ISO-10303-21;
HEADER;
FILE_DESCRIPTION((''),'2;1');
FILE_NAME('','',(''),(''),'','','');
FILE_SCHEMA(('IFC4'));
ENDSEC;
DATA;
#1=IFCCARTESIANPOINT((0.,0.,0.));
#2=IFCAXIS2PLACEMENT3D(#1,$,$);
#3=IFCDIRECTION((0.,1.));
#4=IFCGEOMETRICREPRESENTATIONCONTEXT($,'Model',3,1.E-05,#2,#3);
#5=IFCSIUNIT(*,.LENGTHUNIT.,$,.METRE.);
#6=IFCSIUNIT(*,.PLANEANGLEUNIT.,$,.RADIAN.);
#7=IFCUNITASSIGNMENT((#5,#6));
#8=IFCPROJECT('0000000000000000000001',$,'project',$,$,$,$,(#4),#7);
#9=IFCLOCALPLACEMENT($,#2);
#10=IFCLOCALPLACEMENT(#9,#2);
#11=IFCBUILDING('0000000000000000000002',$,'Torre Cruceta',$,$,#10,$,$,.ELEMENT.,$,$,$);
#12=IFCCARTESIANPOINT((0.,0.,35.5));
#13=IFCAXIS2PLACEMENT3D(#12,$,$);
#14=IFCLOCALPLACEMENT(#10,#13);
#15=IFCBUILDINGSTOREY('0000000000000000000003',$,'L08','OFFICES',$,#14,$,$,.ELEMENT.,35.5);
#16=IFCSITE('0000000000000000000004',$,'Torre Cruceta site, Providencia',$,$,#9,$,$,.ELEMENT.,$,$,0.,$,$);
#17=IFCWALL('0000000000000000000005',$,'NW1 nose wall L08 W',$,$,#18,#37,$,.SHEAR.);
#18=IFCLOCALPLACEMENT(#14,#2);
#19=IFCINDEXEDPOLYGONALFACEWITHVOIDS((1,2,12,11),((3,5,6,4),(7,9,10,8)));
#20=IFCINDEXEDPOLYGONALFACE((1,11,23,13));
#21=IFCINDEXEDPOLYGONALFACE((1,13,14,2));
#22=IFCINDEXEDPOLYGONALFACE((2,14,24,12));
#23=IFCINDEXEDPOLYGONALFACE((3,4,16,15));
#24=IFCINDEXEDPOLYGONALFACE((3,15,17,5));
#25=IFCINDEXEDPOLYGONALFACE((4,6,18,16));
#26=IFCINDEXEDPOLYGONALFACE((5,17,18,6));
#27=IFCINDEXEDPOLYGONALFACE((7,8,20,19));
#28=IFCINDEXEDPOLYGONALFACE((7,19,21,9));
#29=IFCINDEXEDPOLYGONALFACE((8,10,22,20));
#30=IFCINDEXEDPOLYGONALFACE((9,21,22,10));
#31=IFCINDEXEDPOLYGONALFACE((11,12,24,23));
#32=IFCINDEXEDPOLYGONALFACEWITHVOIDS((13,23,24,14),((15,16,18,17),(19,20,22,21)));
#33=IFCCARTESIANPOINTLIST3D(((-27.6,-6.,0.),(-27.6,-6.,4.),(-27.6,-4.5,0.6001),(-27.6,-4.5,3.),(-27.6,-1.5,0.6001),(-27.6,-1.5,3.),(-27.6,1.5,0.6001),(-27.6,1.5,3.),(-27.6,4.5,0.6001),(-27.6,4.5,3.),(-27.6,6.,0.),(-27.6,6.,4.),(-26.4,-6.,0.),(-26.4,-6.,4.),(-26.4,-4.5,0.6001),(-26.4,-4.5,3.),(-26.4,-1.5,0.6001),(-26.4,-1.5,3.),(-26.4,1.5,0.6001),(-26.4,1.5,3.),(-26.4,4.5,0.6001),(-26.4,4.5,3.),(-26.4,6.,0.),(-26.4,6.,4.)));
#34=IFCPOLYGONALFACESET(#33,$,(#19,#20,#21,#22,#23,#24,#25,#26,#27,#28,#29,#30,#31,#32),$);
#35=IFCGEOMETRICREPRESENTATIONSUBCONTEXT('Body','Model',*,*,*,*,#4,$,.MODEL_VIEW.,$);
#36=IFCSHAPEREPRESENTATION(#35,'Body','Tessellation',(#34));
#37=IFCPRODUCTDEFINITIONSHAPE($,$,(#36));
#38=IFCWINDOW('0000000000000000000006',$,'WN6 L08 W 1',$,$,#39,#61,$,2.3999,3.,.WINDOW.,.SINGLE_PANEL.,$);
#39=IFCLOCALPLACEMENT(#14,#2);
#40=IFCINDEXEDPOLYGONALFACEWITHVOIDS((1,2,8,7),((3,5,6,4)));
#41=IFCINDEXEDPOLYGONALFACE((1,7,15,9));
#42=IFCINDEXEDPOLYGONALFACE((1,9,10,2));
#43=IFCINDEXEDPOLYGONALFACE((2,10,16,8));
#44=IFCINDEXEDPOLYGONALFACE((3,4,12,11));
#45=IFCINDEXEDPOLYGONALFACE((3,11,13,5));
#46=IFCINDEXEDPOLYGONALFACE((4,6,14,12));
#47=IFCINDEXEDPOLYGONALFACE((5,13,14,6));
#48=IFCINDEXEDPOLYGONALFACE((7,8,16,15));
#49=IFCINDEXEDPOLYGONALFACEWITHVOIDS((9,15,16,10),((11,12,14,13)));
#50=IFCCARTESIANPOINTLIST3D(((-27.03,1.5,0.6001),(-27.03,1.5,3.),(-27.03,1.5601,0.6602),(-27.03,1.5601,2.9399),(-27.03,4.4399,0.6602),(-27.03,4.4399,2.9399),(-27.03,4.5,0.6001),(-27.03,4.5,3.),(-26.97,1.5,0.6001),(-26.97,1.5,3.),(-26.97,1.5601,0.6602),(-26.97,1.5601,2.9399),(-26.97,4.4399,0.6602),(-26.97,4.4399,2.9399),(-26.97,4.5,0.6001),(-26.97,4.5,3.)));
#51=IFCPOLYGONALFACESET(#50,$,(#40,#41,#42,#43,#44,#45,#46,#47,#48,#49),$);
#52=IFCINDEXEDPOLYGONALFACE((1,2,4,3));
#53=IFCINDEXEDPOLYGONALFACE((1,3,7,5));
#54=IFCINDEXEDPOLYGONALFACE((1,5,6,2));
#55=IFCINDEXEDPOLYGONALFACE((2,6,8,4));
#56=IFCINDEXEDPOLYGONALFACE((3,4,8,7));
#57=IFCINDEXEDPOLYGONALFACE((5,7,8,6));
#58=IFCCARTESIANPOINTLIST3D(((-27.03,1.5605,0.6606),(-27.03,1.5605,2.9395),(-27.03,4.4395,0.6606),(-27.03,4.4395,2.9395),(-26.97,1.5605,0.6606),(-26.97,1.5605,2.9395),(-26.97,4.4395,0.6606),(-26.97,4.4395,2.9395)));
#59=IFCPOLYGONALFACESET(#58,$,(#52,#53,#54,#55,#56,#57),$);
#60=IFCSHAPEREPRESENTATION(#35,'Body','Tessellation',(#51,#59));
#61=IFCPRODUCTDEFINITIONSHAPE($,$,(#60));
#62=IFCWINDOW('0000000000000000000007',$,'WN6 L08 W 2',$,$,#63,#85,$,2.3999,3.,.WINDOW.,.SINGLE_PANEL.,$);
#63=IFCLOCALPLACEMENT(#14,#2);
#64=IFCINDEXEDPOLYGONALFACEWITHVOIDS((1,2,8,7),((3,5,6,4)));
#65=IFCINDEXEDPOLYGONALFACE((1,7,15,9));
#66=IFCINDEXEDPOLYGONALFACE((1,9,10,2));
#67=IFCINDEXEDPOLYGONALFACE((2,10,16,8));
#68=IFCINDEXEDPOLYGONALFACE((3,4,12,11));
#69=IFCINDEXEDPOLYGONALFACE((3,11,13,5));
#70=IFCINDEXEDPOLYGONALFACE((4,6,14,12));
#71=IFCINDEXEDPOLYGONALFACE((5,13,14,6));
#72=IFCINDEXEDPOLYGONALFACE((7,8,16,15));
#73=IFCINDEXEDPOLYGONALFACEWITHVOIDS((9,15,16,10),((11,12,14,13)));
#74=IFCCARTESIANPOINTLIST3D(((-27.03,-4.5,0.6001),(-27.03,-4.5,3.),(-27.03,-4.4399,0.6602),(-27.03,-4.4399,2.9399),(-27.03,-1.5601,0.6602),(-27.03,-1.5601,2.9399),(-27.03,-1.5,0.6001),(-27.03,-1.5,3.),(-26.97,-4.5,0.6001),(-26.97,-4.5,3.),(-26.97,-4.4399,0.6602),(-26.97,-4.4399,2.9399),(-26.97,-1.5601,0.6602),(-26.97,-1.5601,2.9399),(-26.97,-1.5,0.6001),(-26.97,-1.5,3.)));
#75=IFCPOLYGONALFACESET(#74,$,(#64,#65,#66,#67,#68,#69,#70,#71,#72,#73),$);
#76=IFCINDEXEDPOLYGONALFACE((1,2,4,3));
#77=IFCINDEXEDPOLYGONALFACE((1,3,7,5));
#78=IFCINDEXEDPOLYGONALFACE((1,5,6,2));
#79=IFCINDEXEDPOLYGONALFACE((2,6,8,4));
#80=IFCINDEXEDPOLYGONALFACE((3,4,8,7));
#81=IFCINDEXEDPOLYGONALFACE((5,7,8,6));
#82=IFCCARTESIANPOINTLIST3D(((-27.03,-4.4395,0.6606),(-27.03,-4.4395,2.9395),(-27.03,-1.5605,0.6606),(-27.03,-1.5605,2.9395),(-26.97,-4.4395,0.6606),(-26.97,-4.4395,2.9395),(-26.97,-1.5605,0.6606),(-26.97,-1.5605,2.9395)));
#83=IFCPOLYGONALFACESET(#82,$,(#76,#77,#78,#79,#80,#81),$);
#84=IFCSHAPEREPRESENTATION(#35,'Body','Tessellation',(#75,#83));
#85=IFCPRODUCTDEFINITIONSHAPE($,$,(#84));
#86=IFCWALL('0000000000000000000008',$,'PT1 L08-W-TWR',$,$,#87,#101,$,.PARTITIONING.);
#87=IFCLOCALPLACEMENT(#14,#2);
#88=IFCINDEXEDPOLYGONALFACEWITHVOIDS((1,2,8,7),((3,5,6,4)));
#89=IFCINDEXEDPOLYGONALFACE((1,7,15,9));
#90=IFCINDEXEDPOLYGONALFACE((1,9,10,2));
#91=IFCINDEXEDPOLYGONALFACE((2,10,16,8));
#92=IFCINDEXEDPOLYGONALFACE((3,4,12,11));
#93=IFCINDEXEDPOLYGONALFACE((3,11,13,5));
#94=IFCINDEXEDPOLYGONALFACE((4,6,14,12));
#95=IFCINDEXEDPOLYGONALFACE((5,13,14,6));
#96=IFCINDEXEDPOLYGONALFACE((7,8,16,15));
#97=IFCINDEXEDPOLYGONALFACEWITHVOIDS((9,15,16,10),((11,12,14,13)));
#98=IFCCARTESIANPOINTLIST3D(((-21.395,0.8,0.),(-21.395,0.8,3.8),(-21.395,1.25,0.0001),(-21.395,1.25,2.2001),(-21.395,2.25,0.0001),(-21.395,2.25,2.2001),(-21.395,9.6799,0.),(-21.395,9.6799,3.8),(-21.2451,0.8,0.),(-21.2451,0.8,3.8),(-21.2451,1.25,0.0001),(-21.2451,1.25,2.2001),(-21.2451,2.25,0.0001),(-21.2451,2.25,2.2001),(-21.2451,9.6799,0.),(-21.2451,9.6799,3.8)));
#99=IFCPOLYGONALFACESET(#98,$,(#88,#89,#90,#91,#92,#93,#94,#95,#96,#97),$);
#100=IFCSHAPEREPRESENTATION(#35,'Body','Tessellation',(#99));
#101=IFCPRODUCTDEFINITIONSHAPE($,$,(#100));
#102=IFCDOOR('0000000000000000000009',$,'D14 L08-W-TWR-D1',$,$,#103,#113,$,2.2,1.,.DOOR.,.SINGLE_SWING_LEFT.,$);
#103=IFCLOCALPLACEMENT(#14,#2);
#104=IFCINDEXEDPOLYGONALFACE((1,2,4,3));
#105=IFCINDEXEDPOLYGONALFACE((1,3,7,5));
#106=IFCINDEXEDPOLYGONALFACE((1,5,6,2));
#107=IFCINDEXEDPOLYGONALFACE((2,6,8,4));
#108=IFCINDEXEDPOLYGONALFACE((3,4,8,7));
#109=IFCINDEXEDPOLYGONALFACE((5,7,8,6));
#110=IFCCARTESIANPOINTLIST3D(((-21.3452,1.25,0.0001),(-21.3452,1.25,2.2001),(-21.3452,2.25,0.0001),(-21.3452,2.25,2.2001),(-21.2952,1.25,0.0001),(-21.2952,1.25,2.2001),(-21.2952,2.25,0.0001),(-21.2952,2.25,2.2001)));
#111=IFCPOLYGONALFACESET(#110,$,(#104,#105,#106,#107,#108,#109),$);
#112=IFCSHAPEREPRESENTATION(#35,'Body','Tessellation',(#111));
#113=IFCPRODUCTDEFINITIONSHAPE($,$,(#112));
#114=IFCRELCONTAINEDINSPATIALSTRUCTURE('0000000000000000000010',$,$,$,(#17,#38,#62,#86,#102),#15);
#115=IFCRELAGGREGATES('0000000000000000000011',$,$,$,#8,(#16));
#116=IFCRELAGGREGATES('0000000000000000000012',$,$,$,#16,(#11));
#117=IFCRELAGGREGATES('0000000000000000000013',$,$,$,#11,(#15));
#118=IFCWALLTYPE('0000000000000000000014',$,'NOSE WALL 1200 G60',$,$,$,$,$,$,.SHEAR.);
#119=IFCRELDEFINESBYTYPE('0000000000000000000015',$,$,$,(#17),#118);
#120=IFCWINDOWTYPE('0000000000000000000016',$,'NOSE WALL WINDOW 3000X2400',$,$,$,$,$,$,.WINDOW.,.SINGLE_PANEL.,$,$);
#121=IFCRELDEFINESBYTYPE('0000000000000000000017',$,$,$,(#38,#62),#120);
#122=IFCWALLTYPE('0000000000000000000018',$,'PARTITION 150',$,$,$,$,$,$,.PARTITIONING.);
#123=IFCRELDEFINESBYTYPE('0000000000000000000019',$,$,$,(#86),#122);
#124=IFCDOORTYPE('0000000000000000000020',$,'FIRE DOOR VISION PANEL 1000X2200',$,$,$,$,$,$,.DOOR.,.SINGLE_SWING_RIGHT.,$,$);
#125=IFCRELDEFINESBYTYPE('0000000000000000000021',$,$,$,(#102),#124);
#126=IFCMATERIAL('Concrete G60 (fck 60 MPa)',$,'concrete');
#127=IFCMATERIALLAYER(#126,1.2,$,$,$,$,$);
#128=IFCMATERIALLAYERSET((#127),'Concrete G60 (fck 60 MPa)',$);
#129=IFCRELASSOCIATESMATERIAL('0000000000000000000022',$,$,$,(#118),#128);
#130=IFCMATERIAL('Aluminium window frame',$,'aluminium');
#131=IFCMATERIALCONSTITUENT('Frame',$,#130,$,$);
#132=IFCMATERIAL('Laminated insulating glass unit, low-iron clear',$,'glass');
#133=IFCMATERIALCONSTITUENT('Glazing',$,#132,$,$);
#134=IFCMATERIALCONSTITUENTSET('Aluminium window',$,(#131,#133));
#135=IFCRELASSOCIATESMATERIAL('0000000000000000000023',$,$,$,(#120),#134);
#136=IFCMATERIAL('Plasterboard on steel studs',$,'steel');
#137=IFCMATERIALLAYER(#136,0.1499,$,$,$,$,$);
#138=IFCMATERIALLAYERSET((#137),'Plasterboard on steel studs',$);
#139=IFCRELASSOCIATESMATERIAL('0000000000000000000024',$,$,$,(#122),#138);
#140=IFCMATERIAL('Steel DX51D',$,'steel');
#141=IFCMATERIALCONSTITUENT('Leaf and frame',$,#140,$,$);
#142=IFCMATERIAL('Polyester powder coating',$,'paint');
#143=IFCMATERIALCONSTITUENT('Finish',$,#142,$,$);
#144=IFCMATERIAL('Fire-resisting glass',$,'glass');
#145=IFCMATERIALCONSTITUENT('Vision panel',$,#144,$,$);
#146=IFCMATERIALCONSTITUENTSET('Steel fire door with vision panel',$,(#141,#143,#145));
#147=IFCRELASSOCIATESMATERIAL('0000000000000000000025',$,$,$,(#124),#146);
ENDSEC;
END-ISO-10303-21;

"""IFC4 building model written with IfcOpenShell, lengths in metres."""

from ifc_helpers import new_model, si_unit, direction, frame, frame_2d, origin, place, context, subcontext, project, spatial, rectangle, hollow_rectangle, extrude, material, layer, layer_set, constituent, constituent_set, type_object, element, fill, save


model = new_model("IFC4")

# Units and contexts
model_context = context("Model", 3, precision=1e-05, world=origin(), true_north=direction((0.0, 1.0)))
body_context = subcontext(model_context, "Body", "Model", "MODEL_VIEW")
ifc_project = project(units=[si_unit("LENGTHUNIT", "METRE"), si_unit("PLANEANGLEUNIT", "RADIAN")], contexts=[model_context])

# Site, building, storey
site_placement = place(None, origin())
site = spatial("IfcSite", under=ifc_project, at=site_placement, Name="Torre Cruceta site, Providencia", CompositionType="ELEMENT", RefElevation=0.0)
building_placement = place(site_placement, origin())
building = spatial("IfcBuilding", under=site, at=building_placement, Name="Torre Cruceta", CompositionType="ELEMENT")
storey_placement = place(building_placement, frame((0.0, 0.0, 35.5)))
storey = spatial("IfcBuildingStorey", under=building, at=storey_placement, Name="L08", Description="OFFICES", CompositionType="ELEMENT", Elevation=35.5)

# Wall, openings, windows
ifc_material_1 = material(Name="Concrete G60 (fck 60 MPa)", Category="concrete")
ifc_layer_1 = layer(ifc_material_1, 1.2)
ifc_layer_set_1 = layer_set([ifc_layer_1], Name="Concrete G60 (fck 60 MPa)")
wall_type_1 = type_object("IfcWallType", Name="NOSE WALL 1200 G60", PredefinedType="SHEAR", material=ifc_layer_set_1)
wall_1_placement = place(storey_placement, frame((-27.0, 6.0, 0.0), z_axis=(0.0, 0.0, 1.0), x_axis=(0.0, -1.0, 0.0)))
wall_1 = element("IfcWall", 1, at=wall_1_placement, inside=storey, type_object=wall_type_1, Name="NW1 nose wall L08 W", PredefinedType="SHEAR", context=body_context, shape_type="SweptSolid", body=[
    extrude(rectangle(XDim=12.0, YDim=1.2, at=frame_2d((6.0, 0.0))), origin(), (0.0, 0.0, 1.0), 4.0),
])
opening_1_placement = place(wall_1_placement, frame((1.5, 0.0, 0.6001)))
opening_1 = element("IfcOpeningElement", 2, at=opening_1_placement, cuts=wall_1, PredefinedType="OPENING", context=body_context, shape_type="SweptSolid", body=[
    extrude(rectangle(XDim=3.0, YDim=2.3999, at=frame_2d((1.5, 1.2))), frame((0.0, 0.6099, 0.0), z_axis=(0.0, -1.0, 0.0), x_axis=(1.0, 0.0, 0.0)), (0.0, 0.0, 1.0), 1.22),
])
opening_2_placement = place(wall_1_placement, frame((7.5, 0.0, 0.6001)))
opening_2 = element("IfcOpeningElement", 3, at=opening_2_placement, cuts=wall_1, PredefinedType="OPENING", context=body_context, shape_type="SweptSolid", body=[
    extrude(rectangle(XDim=3.0, YDim=2.3999, at=frame_2d((1.5, 1.2))), frame((0.0, 0.6099, 0.0), z_axis=(0.0, -1.0, 0.0), x_axis=(1.0, 0.0, 0.0)), (0.0, 0.0, 1.0), 1.22),
])
ifc_material_2 = material(Name="Aluminium window frame", Category="aluminium")
ifc_constituent_1 = constituent(ifc_material_2, Name="Frame")
ifc_material_3 = material(Name="Laminated insulating glass unit, low-iron clear", Category="glass")
ifc_constituent_2 = constituent(ifc_material_3, Name="Glazing")
ifc_constituent_set_1 = constituent_set(constituents=[ifc_constituent_1, ifc_constituent_2], Name="Aluminium window")
window_type_1 = type_object("IfcWindowType", Name="NOSE WALL WINDOW 3000X2400", PartitioningType="SINGLE_PANEL", PredefinedType="WINDOW", material=ifc_constituent_set_1)
window_1_placement = place(opening_1_placement, origin())
window_1 = element("IfcWindow", 4, at=window_1_placement, inside=storey, type_object=window_type_1, Name="WN6 L08 W 1", OverallHeight=2.3999, OverallWidth=3.0, PartitioningType="SINGLE_PANEL", PredefinedType="WINDOW", context=body_context, shape_type="SweptSolid", body=[
    extrude(hollow_rectangle(XDim=3.0, YDim=2.3999, WallThickness=0.0601, at=frame_2d((1.5, 1.2))), frame((0.0, 0.03, 0.0), z_axis=(0.0, -1.0, 0.0), x_axis=(1.0, 0.0, 0.0)), (0.0, 0.0, 1.0), 0.0601),
    extrude(rectangle(XDim=2.8789, YDim=2.2788, at=frame_2d((1.5, 1.2))), frame((0.0, 0.03, 0.0), z_axis=(0.0, -1.0, 0.0), x_axis=(1.0, 0.0, 0.0)), (0.0, 0.0, 1.0), 0.0601),
])
fill(opening_1, window_1)
window_2_placement = place(opening_2_placement, origin())
window_2 = element("IfcWindow", 5, at=window_2_placement, inside=storey, type_object=window_type_1, Name="WN6 L08 W 2", OverallHeight=2.3999, OverallWidth=3.0, PartitioningType="SINGLE_PANEL", PredefinedType="WINDOW", context=body_context, shape_type="SweptSolid", body=[
    extrude(hollow_rectangle(XDim=3.0, YDim=2.3999, WallThickness=0.0601, at=frame_2d((1.5, 1.2))), frame((0.0, 0.03, 0.0), z_axis=(0.0, -1.0, 0.0), x_axis=(1.0, 0.0, 0.0)), (0.0, 0.0, 1.0), 0.0601),
    extrude(rectangle(XDim=2.8789, YDim=2.2788, at=frame_2d((1.5, 1.2))), frame((0.0, 0.03, 0.0), z_axis=(0.0, -1.0, 0.0), x_axis=(1.0, 0.0, 0.0)), (0.0, 0.0, 1.0), 0.0601),
])
fill(opening_2, window_2)

# Wall, opening, door
ifc_material_4 = material(Name="Plasterboard on steel studs", Category="steel")
ifc_layer_2 = layer(ifc_material_4, 0.1499)
ifc_layer_set_2 = layer_set([ifc_layer_2], Name="Plasterboard on steel studs")
wall_type_2 = type_object("IfcWallType", Name="PARTITION 150", PredefinedType="PARTITIONING", material=ifc_layer_set_2)
wall_2_placement = place(storey_placement, frame((-21.3201, 9.6799, 0.0), z_axis=(0.0, 0.0, 1.0), x_axis=(0.0, -1.0, 0.0)))
wall_2 = element("IfcWall", 6, at=wall_2_placement, inside=storey, type_object=wall_type_2, Name="PT1 L08-W-TWR", PredefinedType="PARTITIONING", context=body_context, shape_type="SweptSolid", body=[
    extrude(rectangle(XDim=8.8799, YDim=0.1499, at=frame_2d((4.4399, 0.0))), origin(), (0.0, 0.0, 1.0), 3.8),
])
opening_3_placement = place(wall_2_placement, frame((7.4299, 0.0, 0.0)))
opening_3 = element("IfcOpeningElement", 7, at=opening_3_placement, cuts=wall_2, PredefinedType="OPENING", context=body_context, shape_type="SweptSolid", body=[
    extrude(rectangle(XDim=1.0, YDim=2.2, at=frame_2d((0.5, 1.1001))), frame((0.0, 0.085, 0.0), z_axis=(0.0, -1.0, 0.0), x_axis=(1.0, 0.0, 0.0)), (0.0, 0.0, 1.0), 0.1699),
])
ifc_material_5 = material(Name="Steel DX51D", Category="steel")
ifc_constituent_3 = constituent(ifc_material_5, Name="Leaf and frame")
ifc_material_6 = material(Name="Polyester powder coating", Category="paint")
ifc_constituent_4 = constituent(ifc_material_6, Name="Finish")
ifc_material_7 = material(Name="Fire-resisting glass", Category="glass")
ifc_constituent_5 = constituent(ifc_material_7, Name="Vision panel")
ifc_constituent_set_2 = constituent_set(constituents=[ifc_constituent_3, ifc_constituent_4, ifc_constituent_5], Name="Steel fire door with vision panel")
door_type_1 = type_object("IfcDoorType", Name="FIRE DOOR VISION PANEL 1000X2200", OperationType="SINGLE_SWING_RIGHT", PredefinedType="DOOR", material=ifc_constituent_set_2)
door_1_placement = place(opening_3_placement, frame((1.0, 0.0, 0.0), z_axis=(0.0, 0.0, 1.0), x_axis=(-1.0, 0.0, 0.0)))
door_1 = element("IfcDoor", 8, at=door_1_placement, inside=storey, type_object=door_type_1, Name="D14 L08-W-TWR-D1", OperationType="SINGLE_SWING_LEFT", OverallHeight=2.2, OverallWidth=1.0, PredefinedType="DOOR", context=body_context, shape_type="SweptSolid", body=[
    extrude(rectangle(XDim=1.0, YDim=2.2, at=frame_2d((0.5, 1.1001))), frame((0.0, 0.0251, 0.0), z_axis=(0.0, -1.0, 0.0), x_axis=(1.0, 0.0, 0.0)), (0.0, 0.0, 1.0), 0.05),
])
fill(opening_3, door_1)

save(model, "model.ifc")
